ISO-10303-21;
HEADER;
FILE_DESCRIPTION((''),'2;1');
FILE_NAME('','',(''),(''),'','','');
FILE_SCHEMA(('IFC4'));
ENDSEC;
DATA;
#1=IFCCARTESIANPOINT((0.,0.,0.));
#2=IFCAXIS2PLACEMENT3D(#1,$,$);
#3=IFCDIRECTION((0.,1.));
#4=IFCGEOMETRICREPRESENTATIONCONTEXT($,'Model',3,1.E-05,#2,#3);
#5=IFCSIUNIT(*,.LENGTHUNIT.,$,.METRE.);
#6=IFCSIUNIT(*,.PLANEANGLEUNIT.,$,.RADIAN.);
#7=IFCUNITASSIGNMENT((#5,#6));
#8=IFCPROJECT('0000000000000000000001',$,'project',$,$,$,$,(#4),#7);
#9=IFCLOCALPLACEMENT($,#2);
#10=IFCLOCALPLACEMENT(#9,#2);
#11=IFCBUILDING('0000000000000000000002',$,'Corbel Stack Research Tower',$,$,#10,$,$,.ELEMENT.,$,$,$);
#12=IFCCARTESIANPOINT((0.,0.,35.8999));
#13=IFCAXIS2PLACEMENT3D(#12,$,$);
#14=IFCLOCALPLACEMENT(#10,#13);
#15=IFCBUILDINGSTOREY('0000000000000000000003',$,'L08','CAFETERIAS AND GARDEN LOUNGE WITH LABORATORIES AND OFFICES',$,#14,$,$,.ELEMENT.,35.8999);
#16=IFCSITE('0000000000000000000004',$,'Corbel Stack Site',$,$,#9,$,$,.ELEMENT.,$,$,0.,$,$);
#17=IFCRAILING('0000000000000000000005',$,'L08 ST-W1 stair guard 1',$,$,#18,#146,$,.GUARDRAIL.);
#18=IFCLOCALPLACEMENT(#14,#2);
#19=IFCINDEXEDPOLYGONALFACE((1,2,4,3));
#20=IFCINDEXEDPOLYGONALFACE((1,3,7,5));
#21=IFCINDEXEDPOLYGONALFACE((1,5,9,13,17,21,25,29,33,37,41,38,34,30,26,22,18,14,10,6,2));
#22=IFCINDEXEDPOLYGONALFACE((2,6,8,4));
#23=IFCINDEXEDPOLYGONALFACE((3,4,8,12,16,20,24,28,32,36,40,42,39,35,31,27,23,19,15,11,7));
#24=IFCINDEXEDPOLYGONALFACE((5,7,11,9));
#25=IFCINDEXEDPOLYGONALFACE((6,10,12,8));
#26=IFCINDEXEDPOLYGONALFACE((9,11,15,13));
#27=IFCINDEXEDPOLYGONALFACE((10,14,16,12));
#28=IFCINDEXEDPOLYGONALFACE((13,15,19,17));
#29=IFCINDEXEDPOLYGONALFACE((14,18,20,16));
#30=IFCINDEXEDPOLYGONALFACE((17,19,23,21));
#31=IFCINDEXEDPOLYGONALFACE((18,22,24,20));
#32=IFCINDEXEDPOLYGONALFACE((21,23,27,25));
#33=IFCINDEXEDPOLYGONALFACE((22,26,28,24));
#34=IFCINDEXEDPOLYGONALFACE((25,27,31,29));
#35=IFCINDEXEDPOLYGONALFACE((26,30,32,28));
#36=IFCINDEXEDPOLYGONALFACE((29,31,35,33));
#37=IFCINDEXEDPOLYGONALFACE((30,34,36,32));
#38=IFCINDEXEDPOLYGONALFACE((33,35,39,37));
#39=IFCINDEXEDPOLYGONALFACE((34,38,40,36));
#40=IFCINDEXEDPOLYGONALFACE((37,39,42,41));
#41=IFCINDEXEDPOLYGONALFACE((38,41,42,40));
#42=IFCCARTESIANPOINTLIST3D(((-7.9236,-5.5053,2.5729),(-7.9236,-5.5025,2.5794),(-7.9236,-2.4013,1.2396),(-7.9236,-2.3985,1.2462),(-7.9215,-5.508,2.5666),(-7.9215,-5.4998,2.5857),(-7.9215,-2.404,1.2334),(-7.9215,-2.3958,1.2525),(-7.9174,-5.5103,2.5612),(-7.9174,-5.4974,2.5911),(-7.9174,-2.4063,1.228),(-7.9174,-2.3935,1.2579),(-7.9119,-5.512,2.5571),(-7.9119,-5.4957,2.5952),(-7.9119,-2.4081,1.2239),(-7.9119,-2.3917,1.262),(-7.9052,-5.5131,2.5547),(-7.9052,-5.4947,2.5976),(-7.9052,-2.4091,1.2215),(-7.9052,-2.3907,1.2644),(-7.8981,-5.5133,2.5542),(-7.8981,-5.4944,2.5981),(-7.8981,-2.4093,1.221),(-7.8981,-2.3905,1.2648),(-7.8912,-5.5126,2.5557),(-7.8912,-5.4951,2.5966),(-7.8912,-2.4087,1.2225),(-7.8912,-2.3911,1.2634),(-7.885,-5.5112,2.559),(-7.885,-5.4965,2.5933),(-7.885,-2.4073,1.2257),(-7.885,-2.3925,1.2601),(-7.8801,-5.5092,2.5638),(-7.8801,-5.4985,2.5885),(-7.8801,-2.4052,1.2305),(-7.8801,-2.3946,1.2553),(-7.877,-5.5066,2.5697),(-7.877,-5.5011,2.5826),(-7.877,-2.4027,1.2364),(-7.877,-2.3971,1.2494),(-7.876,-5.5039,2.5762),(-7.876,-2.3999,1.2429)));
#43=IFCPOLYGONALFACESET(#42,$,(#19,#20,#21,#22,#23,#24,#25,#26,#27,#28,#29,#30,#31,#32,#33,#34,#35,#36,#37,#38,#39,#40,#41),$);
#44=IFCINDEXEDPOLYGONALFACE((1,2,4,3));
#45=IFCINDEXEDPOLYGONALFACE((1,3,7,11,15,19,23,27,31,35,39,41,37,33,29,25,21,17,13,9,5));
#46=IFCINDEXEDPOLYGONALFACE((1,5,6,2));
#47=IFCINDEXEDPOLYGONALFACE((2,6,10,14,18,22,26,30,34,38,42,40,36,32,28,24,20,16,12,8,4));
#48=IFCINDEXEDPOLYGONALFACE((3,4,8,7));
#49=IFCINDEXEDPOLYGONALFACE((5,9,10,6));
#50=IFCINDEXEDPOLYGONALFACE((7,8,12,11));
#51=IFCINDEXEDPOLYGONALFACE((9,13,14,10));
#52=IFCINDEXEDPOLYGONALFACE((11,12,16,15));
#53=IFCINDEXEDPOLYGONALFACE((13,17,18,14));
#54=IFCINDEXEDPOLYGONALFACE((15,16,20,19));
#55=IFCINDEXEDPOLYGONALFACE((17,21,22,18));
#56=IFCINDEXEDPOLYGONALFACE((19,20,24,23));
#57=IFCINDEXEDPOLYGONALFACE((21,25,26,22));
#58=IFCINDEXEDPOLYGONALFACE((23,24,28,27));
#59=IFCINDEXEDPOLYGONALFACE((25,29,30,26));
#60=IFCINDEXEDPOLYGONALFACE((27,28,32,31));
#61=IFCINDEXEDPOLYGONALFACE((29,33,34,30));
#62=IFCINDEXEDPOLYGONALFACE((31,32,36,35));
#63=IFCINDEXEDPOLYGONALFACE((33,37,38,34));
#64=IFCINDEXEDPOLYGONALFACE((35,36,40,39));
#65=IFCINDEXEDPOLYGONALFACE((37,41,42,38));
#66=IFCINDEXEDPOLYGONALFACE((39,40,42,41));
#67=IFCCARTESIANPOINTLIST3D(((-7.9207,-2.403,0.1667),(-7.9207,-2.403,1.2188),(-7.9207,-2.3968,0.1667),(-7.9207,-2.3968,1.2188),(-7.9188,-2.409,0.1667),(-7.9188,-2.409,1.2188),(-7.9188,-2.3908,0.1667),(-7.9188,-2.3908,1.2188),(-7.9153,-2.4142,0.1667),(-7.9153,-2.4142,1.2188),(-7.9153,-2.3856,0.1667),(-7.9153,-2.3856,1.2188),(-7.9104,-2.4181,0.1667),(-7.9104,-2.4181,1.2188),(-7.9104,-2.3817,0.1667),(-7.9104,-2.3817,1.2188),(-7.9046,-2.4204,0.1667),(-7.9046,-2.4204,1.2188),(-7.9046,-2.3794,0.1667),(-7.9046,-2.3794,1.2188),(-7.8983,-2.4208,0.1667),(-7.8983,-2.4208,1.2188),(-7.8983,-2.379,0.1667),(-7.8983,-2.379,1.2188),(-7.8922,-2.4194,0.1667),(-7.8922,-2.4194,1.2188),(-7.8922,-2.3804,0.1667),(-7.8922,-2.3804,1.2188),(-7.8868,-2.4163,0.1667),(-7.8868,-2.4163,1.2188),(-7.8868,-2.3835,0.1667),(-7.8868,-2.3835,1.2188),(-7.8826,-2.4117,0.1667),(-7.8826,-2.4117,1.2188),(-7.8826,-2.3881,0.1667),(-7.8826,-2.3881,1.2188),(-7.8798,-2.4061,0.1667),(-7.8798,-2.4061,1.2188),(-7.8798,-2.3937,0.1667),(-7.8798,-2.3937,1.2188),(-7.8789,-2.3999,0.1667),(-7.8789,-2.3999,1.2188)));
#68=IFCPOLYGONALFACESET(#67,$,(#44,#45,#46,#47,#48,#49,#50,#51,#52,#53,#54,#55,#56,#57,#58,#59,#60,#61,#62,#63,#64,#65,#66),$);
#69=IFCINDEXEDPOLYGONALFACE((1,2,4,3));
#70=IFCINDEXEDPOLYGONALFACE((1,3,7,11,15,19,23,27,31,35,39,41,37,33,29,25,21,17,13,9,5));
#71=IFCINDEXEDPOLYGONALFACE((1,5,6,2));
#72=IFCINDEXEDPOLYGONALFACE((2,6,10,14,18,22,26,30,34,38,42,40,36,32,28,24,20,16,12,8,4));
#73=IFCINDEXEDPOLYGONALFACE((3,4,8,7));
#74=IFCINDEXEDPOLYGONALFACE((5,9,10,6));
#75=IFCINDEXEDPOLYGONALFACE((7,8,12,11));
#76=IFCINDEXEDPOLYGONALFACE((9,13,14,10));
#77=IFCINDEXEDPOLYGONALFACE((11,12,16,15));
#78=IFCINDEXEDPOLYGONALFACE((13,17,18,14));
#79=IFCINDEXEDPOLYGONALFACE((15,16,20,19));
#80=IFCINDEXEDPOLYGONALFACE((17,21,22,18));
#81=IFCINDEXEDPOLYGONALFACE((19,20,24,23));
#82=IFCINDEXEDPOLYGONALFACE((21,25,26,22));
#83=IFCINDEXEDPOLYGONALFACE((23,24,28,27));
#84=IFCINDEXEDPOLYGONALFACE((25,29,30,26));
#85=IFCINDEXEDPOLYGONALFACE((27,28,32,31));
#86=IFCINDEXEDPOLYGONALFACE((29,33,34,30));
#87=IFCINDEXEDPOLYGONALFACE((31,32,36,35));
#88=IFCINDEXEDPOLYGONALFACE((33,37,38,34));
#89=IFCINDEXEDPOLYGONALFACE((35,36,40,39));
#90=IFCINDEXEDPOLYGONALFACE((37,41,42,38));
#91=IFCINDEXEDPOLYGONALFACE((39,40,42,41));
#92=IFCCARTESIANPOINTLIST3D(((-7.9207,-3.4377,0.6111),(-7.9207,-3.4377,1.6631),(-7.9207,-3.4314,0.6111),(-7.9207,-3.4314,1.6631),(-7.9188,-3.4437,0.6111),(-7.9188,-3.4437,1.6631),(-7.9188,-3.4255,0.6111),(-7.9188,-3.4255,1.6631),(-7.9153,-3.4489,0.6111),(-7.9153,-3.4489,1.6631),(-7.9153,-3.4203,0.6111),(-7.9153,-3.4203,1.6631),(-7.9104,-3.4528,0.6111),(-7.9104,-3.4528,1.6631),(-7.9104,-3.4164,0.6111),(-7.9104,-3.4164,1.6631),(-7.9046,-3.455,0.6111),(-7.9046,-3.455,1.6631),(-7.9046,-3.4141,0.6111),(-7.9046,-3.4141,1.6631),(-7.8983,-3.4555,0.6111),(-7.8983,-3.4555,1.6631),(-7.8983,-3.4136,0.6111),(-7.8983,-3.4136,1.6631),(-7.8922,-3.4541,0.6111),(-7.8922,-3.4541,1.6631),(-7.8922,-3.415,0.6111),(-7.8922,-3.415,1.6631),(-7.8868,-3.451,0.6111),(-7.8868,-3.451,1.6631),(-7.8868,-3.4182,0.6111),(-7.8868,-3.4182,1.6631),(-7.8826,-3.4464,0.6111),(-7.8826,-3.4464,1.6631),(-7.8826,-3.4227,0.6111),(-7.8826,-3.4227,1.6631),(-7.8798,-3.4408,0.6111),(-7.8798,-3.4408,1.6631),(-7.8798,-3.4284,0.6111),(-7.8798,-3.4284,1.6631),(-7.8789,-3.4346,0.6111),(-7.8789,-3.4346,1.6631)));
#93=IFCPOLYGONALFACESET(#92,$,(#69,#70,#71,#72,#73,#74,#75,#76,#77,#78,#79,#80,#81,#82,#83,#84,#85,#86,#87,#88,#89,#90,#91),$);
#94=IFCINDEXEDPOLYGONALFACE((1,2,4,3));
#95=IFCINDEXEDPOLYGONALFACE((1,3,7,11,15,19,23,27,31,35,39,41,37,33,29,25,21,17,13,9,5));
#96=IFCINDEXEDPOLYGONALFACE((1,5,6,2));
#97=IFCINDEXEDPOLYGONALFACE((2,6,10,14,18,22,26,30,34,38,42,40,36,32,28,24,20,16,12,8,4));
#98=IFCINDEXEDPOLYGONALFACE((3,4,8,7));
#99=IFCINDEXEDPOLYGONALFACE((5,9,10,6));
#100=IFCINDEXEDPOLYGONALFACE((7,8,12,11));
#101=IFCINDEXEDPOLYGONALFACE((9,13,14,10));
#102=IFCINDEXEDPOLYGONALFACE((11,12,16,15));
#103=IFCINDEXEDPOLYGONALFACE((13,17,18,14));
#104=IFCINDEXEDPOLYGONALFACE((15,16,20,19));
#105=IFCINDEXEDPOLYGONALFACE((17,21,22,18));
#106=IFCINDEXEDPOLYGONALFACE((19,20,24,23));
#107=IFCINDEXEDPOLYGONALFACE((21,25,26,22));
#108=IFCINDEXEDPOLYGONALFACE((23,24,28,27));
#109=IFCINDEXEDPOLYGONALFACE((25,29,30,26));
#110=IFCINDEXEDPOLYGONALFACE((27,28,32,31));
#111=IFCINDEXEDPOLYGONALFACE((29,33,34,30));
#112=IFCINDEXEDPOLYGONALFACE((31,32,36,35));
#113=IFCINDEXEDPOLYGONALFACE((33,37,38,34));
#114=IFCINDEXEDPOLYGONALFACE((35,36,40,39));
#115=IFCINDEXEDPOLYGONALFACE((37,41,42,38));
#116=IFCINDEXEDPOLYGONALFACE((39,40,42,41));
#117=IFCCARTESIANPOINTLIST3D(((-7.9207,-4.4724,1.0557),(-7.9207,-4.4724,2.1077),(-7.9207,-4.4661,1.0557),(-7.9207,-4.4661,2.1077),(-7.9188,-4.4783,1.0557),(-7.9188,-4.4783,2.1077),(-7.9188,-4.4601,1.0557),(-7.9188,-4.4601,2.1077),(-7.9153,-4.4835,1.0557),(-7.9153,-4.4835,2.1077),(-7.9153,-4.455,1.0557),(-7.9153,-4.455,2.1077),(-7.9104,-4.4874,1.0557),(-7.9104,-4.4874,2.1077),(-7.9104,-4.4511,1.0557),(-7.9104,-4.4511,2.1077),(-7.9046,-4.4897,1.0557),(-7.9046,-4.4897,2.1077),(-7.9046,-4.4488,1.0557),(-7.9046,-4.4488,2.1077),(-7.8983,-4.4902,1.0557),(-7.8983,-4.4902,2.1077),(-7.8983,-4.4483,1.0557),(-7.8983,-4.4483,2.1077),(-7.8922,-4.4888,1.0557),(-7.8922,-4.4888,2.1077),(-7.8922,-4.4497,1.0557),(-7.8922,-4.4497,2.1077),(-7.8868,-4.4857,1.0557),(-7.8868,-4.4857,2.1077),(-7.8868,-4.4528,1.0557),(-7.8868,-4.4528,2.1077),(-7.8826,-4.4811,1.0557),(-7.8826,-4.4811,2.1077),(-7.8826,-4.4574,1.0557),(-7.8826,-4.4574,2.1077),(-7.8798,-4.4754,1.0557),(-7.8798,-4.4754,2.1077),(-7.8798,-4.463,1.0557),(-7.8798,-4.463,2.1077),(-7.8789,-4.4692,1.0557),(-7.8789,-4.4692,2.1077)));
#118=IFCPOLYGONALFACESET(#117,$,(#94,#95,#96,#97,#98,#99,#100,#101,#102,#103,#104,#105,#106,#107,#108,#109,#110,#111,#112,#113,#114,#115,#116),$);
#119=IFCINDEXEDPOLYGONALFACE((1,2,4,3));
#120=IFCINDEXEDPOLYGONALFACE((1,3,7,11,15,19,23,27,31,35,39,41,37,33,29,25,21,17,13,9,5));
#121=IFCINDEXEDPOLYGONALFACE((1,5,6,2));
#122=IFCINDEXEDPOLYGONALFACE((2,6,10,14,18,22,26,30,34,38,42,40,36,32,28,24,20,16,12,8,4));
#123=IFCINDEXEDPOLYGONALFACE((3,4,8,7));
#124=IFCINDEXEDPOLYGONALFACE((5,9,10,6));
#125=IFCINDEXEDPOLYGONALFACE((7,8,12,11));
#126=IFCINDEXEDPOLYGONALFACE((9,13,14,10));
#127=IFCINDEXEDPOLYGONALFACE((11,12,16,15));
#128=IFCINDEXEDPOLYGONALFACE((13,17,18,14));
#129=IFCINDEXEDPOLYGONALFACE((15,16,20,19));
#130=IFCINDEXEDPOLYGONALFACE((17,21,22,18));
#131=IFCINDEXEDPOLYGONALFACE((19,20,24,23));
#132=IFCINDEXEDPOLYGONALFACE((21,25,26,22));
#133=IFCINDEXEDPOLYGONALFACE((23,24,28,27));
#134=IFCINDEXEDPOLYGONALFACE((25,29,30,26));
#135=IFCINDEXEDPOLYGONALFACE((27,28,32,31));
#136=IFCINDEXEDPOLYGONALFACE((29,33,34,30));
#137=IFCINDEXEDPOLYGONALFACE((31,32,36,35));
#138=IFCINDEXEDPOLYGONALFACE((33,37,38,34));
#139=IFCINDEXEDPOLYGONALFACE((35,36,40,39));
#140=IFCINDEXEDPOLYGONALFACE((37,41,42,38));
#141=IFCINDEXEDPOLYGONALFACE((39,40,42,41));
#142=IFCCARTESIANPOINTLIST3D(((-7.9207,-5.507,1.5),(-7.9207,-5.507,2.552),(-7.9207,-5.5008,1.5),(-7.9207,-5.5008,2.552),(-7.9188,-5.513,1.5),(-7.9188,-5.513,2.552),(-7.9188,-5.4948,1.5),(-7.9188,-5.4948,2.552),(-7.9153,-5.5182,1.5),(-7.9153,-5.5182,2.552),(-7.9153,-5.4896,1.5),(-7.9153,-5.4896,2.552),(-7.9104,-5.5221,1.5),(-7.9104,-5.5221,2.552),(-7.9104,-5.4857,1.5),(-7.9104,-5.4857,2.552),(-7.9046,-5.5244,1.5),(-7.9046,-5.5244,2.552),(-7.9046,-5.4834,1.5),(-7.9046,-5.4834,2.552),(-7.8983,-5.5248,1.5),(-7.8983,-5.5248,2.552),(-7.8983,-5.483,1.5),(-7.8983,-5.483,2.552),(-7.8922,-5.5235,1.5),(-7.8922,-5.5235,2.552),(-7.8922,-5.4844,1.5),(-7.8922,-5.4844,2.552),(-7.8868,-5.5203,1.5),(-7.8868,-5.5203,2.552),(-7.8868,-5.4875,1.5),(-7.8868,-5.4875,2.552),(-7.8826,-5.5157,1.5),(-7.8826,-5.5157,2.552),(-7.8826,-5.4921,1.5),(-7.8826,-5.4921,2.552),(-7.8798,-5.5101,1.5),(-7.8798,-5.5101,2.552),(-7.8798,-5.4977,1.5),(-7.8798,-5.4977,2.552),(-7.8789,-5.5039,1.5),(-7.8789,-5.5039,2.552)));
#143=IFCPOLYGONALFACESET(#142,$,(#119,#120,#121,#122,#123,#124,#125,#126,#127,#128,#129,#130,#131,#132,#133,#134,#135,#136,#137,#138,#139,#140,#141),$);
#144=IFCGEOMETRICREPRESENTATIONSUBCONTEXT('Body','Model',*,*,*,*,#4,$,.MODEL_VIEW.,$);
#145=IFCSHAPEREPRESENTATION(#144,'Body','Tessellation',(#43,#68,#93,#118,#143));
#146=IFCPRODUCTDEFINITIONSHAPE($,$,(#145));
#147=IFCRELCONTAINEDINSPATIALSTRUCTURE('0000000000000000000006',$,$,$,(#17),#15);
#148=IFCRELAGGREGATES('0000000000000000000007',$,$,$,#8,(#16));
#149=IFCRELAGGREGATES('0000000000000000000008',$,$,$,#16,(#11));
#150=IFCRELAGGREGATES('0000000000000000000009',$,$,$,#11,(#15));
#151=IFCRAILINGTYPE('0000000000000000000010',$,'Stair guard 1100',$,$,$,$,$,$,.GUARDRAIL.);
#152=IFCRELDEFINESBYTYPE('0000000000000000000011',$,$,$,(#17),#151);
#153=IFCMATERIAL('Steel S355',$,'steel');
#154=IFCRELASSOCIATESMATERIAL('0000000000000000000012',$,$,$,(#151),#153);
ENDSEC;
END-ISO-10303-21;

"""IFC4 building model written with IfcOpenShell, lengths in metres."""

from ifc_helpers import new_model, si_unit, direction, frame, origin, origin_2d, place, context, subcontext, project, spatial, circle, extrude, material, type_object, element, save


model = new_model("IFC4")

# Units and contexts
model_context = context("Model", 3, precision=1e-05, world=origin(), true_north=direction((0.0, 1.0)))
body_context = subcontext(model_context, "Body", "Model", "MODEL_VIEW")
ifc_project = project(units=[si_unit("LENGTHUNIT", "METRE"), si_unit("PLANEANGLEUNIT", "RADIAN")], contexts=[model_context])

# Site, building, storey
site_placement = place(None, origin())
site = spatial("IfcSite", under=ifc_project, at=site_placement, Name="Corbel Stack Site", CompositionType="ELEMENT", RefElevation=0.0)
building_placement = place(site_placement, origin())
building = spatial("IfcBuilding", under=site, at=building_placement, Name="Corbel Stack Research Tower", CompositionType="ELEMENT")
storey_placement = place(building_placement, frame((0.0, 0.0, 35.8999)))
storey = spatial("IfcBuildingStorey", under=building, at=storey_placement, Name="L08", Description="CAFETERIAS AND GARDEN LOUNGE WITH LABORATORIES AND OFFICES", CompositionType="ELEMENT", Elevation=35.8999)

# Railing
ifc_material_1 = material(Name="Steel S355", Category="steel")
railing_type_1 = type_object("IfcRailingType", Name="Stair guard 1100", PredefinedType="GUARDRAIL", material=ifc_material_1)
railing_1_placement = place(storey_placement, frame((-7.8999, -2.3999, 0.1667)))
element("IfcRailing", 1, at=railing_1_placement, inside=storey, type_object=railing_type_1, Name="L08 ST-W1 stair guard 1", PredefinedType="GUARDRAIL", context=body_context, shape_type="SweptSolid", body=[
    extrude(circle(Radius=0.0239, at=origin_2d()), frame((0.0, 0.0, 1.0762), z_axis=(0.0, -0.918827, 0.394661), x_axis=(1.0, 0.0, 0.0)), (0.0, 0.0, 1.0), 3.3782),
    extrude(circle(Radius=0.021, at=origin_2d()), origin(), (0.0, 0.0, 1.0), 1.052),
    extrude(circle(Radius=0.021, at=origin_2d()), frame((0.0, -1.0347, 0.4443)), (0.0, 0.0, 1.0), 1.052),
    extrude(circle(Radius=0.021, at=origin_2d()), frame((0.0, -2.0693, 0.8889)), (0.0, 0.0, 1.0), 1.052),
    extrude(circle(Radius=0.021, at=origin_2d()), frame((0.0, -3.104, 1.3333)), (0.0, 0.0, 1.0), 1.052),
])

save(model, "model.ifc")
